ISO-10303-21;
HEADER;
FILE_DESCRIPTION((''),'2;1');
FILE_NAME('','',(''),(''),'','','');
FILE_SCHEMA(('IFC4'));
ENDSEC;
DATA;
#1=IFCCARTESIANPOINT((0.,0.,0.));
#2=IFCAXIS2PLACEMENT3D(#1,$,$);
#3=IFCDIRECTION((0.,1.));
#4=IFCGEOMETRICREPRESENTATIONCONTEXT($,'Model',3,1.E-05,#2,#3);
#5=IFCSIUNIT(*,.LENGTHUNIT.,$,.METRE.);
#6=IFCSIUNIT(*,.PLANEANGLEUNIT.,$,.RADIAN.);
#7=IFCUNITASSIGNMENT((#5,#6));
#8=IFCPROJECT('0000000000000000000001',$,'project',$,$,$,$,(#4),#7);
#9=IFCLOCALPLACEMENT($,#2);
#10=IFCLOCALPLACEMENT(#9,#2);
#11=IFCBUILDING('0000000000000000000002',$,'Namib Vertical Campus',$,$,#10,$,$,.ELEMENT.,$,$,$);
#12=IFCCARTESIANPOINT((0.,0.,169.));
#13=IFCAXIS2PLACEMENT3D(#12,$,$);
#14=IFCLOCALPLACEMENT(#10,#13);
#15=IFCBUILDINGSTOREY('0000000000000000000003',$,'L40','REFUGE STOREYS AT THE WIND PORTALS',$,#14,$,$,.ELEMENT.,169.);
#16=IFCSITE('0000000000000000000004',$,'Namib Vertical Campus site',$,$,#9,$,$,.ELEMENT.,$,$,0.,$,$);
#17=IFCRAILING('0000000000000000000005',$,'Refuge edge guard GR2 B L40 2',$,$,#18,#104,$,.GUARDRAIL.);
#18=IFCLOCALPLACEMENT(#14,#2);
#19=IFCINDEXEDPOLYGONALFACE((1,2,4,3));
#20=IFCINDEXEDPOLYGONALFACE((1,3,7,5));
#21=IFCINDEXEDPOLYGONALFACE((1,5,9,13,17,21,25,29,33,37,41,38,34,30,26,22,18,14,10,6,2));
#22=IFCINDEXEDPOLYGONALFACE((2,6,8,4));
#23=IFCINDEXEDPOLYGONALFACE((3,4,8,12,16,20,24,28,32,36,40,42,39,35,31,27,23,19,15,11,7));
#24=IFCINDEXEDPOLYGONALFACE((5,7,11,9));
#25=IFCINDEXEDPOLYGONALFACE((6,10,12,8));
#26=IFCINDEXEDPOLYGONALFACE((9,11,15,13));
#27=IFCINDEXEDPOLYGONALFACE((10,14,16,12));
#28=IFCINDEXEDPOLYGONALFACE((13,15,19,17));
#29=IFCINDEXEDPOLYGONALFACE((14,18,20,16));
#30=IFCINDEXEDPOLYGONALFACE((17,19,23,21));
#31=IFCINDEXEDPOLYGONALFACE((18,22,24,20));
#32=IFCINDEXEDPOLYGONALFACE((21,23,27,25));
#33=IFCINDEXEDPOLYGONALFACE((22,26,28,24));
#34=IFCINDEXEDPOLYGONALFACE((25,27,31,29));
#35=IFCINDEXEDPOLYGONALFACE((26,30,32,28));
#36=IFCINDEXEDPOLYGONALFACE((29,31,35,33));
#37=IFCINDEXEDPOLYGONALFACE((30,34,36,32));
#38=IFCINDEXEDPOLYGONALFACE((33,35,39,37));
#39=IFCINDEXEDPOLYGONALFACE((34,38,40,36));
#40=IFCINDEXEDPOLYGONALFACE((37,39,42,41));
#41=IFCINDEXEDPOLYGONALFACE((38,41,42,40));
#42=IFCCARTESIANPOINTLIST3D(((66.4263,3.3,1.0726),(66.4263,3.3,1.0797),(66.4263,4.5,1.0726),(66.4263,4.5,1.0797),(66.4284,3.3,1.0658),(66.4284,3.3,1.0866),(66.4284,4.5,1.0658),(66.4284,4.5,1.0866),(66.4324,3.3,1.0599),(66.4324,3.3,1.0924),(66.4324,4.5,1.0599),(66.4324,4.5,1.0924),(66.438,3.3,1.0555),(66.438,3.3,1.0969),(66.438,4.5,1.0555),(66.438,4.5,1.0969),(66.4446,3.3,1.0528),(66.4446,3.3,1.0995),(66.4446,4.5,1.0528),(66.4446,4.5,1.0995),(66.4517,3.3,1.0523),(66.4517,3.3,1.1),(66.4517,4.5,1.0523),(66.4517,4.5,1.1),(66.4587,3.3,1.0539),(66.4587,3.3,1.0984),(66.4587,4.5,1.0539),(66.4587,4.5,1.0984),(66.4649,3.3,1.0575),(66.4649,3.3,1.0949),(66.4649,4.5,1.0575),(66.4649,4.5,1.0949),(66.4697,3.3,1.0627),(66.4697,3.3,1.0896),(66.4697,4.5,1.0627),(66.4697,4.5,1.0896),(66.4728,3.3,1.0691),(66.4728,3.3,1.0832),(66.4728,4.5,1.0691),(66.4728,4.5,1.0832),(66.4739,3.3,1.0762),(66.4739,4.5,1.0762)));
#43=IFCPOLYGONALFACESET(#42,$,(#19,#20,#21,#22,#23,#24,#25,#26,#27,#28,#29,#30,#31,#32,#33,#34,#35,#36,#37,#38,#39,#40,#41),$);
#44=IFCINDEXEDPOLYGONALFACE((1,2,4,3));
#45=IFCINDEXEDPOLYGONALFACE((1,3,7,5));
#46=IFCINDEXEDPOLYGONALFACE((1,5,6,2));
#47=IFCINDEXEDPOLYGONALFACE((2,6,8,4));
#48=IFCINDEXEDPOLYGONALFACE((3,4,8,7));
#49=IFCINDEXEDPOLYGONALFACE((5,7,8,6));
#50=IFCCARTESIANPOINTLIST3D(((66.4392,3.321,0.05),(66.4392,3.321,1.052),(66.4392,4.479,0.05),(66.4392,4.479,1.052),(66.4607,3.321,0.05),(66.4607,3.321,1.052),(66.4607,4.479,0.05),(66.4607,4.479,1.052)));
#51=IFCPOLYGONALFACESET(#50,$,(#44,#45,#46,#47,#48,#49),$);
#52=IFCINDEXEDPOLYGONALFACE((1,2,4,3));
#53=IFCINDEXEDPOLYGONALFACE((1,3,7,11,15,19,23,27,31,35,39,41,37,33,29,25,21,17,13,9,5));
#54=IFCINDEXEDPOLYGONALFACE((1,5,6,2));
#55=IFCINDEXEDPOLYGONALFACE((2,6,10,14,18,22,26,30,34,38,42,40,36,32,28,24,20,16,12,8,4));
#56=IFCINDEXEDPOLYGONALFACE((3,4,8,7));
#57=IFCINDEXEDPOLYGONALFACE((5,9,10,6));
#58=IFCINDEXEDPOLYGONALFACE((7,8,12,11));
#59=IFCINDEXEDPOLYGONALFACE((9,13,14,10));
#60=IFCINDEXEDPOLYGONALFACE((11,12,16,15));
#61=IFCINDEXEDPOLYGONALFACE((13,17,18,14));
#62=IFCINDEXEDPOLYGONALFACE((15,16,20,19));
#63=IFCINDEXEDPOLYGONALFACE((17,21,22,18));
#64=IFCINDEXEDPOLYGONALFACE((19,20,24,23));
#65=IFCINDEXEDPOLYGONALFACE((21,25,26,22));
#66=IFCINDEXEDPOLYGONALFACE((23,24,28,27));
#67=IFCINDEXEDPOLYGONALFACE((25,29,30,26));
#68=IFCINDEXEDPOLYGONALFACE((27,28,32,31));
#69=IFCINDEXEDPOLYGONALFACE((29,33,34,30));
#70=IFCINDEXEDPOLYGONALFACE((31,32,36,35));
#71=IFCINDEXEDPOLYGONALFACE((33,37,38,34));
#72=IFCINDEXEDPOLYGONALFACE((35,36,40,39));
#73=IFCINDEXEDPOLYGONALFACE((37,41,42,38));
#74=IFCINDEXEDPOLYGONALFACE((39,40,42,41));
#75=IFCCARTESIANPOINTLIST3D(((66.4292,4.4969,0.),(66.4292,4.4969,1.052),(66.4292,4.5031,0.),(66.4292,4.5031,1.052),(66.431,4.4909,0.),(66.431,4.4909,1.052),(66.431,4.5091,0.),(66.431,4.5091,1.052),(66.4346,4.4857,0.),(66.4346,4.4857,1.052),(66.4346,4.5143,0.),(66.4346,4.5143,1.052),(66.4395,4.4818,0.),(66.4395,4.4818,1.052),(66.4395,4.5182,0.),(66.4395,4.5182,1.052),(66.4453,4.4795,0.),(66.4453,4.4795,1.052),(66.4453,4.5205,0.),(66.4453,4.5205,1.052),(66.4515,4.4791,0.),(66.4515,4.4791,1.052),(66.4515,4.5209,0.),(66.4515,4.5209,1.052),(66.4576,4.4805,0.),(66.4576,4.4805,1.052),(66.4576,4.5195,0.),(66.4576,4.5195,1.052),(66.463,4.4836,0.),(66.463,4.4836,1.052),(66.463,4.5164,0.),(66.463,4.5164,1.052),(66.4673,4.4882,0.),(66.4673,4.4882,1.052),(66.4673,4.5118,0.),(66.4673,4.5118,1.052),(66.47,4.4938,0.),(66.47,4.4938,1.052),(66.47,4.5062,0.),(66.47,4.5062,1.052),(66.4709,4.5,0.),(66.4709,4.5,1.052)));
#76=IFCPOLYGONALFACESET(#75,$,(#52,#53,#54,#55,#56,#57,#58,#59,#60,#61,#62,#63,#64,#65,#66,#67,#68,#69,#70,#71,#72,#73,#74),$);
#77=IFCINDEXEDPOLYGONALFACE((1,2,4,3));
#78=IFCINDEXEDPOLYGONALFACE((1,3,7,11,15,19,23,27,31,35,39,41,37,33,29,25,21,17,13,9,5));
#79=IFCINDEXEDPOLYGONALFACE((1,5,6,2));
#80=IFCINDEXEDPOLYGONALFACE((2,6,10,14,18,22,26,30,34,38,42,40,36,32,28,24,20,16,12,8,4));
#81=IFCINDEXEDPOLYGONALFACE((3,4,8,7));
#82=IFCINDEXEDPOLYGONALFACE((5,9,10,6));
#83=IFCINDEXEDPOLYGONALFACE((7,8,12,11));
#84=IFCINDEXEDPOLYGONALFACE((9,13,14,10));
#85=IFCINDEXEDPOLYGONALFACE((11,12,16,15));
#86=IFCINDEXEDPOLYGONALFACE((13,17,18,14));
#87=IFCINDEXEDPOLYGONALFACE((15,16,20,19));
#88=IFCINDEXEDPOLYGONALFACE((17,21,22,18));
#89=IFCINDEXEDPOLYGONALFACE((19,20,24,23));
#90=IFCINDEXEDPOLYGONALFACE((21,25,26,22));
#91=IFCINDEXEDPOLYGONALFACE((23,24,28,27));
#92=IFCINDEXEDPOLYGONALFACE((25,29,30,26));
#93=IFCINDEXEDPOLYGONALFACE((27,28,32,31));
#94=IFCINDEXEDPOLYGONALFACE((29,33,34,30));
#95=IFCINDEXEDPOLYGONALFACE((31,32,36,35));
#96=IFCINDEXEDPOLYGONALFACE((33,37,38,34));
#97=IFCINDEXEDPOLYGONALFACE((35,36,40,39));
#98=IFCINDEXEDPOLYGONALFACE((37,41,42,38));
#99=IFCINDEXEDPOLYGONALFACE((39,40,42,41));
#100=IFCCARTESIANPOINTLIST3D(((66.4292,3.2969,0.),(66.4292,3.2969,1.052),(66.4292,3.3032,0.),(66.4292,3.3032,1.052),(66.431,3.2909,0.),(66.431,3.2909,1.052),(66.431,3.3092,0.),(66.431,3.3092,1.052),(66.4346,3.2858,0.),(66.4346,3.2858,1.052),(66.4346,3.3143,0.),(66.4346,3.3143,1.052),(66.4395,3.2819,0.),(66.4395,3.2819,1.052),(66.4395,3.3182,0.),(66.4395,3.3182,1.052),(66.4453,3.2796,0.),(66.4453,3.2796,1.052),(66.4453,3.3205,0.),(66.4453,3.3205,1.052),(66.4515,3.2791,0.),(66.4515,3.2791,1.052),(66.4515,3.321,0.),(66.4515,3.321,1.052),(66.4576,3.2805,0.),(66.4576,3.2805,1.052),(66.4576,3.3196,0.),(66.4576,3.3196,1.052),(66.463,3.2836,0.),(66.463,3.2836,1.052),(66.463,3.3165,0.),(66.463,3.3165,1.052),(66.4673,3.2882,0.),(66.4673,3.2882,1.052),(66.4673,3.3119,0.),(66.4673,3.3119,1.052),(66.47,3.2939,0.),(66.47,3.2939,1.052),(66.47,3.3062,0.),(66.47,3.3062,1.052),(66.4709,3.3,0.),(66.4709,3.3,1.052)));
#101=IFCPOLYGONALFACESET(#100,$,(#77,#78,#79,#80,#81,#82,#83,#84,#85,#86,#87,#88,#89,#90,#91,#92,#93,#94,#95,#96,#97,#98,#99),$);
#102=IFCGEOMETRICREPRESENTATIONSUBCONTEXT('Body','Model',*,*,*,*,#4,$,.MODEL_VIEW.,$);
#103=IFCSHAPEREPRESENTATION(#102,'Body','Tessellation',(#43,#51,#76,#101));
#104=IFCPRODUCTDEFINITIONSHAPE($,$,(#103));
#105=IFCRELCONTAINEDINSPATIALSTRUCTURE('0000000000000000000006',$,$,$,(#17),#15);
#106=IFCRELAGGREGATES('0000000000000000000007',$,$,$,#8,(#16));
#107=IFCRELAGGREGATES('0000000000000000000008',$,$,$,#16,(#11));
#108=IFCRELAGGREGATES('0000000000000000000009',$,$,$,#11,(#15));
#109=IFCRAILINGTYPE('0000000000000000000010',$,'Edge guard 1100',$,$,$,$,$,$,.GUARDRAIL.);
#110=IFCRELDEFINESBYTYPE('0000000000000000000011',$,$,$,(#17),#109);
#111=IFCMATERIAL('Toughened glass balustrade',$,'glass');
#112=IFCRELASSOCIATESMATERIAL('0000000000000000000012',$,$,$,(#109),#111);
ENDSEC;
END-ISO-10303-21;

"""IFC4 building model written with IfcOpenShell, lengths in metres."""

from ifc_helpers import new_model, si_unit, direction, frame, origin, origin_2d, place, context, subcontext, project, spatial, polyline, circle, outline, extrude, material, type_object, element, save


model = new_model("IFC4")

# Units and contexts
model_context = context("Model", 3, precision=1e-05, world=origin(), true_north=direction((0.0, 1.0)))
body_context = subcontext(model_context, "Body", "Model", "MODEL_VIEW")
ifc_project = project(units=[si_unit("LENGTHUNIT", "METRE"), si_unit("PLANEANGLEUNIT", "RADIAN")], contexts=[model_context])

# Site, building, storey
site_placement = place(None, origin())
site = spatial("IfcSite", under=ifc_project, at=site_placement, Name="Namib Vertical Campus site", CompositionType="ELEMENT", RefElevation=0.0)
building_placement = place(site_placement, origin())
building = spatial("IfcBuilding", under=site, at=building_placement, Name="Namib Vertical Campus", CompositionType="ELEMENT")
storey_placement = place(building_placement, frame((0.0, 0.0, 169.0)))
storey = spatial("IfcBuildingStorey", under=building, at=storey_placement, Name="L40", Description="REFUGE STOREYS AT THE WIND PORTALS", CompositionType="ELEMENT", Elevation=169.0)

# Railing
ifc_material_1 = material(Name="Toughened glass balustrade", Category="glass")
railing_type = type_object("IfcRailingType", Name="Edge guard 1100", PredefinedType="GUARDRAIL", material=ifc_material_1)
railing_1_placement = place(storey_placement, frame((66.45, 4.5, 0.0)))
element("IfcRailing", 1, at=railing_1_placement, inside=storey, type_object=railing_type, Name="Refuge edge guard GR2 B L40 2", PredefinedType="GUARDRAIL", context=body_context, shape_type="SweptSolid", body=[
    extrude(circle(Radius=0.0239, at=origin_2d()), frame((0.0, 0.0, 1.0762), z_axis=(0.0, -1.0, 0.0), x_axis=(1.0, 0.0, 0.0)), (0.0, 0.0, 1.0), 1.2),
    extrude(outline(polyline([(0.021, 0.05), (1.179, 0.05), (1.179, 1.052), (0.021, 1.052), (0.021, 0.05)])), frame((0.0107, 0.0, 0.0), z_axis=(-1.0, 0.0, 0.0), x_axis=(0.0, -1.0, 0.0)), (0.0, 0.0, 1.0), 0.0215),
    extrude(circle(Radius=0.021, at=origin_2d()), origin(), (0.0, 0.0, 1.0), 1.052),
    extrude(circle(Radius=0.021, at=origin_2d()), frame((0.0, -1.2, 0.0)), (0.0, 0.0, 1.0), 1.052),
])

save(model, "model.ifc")
